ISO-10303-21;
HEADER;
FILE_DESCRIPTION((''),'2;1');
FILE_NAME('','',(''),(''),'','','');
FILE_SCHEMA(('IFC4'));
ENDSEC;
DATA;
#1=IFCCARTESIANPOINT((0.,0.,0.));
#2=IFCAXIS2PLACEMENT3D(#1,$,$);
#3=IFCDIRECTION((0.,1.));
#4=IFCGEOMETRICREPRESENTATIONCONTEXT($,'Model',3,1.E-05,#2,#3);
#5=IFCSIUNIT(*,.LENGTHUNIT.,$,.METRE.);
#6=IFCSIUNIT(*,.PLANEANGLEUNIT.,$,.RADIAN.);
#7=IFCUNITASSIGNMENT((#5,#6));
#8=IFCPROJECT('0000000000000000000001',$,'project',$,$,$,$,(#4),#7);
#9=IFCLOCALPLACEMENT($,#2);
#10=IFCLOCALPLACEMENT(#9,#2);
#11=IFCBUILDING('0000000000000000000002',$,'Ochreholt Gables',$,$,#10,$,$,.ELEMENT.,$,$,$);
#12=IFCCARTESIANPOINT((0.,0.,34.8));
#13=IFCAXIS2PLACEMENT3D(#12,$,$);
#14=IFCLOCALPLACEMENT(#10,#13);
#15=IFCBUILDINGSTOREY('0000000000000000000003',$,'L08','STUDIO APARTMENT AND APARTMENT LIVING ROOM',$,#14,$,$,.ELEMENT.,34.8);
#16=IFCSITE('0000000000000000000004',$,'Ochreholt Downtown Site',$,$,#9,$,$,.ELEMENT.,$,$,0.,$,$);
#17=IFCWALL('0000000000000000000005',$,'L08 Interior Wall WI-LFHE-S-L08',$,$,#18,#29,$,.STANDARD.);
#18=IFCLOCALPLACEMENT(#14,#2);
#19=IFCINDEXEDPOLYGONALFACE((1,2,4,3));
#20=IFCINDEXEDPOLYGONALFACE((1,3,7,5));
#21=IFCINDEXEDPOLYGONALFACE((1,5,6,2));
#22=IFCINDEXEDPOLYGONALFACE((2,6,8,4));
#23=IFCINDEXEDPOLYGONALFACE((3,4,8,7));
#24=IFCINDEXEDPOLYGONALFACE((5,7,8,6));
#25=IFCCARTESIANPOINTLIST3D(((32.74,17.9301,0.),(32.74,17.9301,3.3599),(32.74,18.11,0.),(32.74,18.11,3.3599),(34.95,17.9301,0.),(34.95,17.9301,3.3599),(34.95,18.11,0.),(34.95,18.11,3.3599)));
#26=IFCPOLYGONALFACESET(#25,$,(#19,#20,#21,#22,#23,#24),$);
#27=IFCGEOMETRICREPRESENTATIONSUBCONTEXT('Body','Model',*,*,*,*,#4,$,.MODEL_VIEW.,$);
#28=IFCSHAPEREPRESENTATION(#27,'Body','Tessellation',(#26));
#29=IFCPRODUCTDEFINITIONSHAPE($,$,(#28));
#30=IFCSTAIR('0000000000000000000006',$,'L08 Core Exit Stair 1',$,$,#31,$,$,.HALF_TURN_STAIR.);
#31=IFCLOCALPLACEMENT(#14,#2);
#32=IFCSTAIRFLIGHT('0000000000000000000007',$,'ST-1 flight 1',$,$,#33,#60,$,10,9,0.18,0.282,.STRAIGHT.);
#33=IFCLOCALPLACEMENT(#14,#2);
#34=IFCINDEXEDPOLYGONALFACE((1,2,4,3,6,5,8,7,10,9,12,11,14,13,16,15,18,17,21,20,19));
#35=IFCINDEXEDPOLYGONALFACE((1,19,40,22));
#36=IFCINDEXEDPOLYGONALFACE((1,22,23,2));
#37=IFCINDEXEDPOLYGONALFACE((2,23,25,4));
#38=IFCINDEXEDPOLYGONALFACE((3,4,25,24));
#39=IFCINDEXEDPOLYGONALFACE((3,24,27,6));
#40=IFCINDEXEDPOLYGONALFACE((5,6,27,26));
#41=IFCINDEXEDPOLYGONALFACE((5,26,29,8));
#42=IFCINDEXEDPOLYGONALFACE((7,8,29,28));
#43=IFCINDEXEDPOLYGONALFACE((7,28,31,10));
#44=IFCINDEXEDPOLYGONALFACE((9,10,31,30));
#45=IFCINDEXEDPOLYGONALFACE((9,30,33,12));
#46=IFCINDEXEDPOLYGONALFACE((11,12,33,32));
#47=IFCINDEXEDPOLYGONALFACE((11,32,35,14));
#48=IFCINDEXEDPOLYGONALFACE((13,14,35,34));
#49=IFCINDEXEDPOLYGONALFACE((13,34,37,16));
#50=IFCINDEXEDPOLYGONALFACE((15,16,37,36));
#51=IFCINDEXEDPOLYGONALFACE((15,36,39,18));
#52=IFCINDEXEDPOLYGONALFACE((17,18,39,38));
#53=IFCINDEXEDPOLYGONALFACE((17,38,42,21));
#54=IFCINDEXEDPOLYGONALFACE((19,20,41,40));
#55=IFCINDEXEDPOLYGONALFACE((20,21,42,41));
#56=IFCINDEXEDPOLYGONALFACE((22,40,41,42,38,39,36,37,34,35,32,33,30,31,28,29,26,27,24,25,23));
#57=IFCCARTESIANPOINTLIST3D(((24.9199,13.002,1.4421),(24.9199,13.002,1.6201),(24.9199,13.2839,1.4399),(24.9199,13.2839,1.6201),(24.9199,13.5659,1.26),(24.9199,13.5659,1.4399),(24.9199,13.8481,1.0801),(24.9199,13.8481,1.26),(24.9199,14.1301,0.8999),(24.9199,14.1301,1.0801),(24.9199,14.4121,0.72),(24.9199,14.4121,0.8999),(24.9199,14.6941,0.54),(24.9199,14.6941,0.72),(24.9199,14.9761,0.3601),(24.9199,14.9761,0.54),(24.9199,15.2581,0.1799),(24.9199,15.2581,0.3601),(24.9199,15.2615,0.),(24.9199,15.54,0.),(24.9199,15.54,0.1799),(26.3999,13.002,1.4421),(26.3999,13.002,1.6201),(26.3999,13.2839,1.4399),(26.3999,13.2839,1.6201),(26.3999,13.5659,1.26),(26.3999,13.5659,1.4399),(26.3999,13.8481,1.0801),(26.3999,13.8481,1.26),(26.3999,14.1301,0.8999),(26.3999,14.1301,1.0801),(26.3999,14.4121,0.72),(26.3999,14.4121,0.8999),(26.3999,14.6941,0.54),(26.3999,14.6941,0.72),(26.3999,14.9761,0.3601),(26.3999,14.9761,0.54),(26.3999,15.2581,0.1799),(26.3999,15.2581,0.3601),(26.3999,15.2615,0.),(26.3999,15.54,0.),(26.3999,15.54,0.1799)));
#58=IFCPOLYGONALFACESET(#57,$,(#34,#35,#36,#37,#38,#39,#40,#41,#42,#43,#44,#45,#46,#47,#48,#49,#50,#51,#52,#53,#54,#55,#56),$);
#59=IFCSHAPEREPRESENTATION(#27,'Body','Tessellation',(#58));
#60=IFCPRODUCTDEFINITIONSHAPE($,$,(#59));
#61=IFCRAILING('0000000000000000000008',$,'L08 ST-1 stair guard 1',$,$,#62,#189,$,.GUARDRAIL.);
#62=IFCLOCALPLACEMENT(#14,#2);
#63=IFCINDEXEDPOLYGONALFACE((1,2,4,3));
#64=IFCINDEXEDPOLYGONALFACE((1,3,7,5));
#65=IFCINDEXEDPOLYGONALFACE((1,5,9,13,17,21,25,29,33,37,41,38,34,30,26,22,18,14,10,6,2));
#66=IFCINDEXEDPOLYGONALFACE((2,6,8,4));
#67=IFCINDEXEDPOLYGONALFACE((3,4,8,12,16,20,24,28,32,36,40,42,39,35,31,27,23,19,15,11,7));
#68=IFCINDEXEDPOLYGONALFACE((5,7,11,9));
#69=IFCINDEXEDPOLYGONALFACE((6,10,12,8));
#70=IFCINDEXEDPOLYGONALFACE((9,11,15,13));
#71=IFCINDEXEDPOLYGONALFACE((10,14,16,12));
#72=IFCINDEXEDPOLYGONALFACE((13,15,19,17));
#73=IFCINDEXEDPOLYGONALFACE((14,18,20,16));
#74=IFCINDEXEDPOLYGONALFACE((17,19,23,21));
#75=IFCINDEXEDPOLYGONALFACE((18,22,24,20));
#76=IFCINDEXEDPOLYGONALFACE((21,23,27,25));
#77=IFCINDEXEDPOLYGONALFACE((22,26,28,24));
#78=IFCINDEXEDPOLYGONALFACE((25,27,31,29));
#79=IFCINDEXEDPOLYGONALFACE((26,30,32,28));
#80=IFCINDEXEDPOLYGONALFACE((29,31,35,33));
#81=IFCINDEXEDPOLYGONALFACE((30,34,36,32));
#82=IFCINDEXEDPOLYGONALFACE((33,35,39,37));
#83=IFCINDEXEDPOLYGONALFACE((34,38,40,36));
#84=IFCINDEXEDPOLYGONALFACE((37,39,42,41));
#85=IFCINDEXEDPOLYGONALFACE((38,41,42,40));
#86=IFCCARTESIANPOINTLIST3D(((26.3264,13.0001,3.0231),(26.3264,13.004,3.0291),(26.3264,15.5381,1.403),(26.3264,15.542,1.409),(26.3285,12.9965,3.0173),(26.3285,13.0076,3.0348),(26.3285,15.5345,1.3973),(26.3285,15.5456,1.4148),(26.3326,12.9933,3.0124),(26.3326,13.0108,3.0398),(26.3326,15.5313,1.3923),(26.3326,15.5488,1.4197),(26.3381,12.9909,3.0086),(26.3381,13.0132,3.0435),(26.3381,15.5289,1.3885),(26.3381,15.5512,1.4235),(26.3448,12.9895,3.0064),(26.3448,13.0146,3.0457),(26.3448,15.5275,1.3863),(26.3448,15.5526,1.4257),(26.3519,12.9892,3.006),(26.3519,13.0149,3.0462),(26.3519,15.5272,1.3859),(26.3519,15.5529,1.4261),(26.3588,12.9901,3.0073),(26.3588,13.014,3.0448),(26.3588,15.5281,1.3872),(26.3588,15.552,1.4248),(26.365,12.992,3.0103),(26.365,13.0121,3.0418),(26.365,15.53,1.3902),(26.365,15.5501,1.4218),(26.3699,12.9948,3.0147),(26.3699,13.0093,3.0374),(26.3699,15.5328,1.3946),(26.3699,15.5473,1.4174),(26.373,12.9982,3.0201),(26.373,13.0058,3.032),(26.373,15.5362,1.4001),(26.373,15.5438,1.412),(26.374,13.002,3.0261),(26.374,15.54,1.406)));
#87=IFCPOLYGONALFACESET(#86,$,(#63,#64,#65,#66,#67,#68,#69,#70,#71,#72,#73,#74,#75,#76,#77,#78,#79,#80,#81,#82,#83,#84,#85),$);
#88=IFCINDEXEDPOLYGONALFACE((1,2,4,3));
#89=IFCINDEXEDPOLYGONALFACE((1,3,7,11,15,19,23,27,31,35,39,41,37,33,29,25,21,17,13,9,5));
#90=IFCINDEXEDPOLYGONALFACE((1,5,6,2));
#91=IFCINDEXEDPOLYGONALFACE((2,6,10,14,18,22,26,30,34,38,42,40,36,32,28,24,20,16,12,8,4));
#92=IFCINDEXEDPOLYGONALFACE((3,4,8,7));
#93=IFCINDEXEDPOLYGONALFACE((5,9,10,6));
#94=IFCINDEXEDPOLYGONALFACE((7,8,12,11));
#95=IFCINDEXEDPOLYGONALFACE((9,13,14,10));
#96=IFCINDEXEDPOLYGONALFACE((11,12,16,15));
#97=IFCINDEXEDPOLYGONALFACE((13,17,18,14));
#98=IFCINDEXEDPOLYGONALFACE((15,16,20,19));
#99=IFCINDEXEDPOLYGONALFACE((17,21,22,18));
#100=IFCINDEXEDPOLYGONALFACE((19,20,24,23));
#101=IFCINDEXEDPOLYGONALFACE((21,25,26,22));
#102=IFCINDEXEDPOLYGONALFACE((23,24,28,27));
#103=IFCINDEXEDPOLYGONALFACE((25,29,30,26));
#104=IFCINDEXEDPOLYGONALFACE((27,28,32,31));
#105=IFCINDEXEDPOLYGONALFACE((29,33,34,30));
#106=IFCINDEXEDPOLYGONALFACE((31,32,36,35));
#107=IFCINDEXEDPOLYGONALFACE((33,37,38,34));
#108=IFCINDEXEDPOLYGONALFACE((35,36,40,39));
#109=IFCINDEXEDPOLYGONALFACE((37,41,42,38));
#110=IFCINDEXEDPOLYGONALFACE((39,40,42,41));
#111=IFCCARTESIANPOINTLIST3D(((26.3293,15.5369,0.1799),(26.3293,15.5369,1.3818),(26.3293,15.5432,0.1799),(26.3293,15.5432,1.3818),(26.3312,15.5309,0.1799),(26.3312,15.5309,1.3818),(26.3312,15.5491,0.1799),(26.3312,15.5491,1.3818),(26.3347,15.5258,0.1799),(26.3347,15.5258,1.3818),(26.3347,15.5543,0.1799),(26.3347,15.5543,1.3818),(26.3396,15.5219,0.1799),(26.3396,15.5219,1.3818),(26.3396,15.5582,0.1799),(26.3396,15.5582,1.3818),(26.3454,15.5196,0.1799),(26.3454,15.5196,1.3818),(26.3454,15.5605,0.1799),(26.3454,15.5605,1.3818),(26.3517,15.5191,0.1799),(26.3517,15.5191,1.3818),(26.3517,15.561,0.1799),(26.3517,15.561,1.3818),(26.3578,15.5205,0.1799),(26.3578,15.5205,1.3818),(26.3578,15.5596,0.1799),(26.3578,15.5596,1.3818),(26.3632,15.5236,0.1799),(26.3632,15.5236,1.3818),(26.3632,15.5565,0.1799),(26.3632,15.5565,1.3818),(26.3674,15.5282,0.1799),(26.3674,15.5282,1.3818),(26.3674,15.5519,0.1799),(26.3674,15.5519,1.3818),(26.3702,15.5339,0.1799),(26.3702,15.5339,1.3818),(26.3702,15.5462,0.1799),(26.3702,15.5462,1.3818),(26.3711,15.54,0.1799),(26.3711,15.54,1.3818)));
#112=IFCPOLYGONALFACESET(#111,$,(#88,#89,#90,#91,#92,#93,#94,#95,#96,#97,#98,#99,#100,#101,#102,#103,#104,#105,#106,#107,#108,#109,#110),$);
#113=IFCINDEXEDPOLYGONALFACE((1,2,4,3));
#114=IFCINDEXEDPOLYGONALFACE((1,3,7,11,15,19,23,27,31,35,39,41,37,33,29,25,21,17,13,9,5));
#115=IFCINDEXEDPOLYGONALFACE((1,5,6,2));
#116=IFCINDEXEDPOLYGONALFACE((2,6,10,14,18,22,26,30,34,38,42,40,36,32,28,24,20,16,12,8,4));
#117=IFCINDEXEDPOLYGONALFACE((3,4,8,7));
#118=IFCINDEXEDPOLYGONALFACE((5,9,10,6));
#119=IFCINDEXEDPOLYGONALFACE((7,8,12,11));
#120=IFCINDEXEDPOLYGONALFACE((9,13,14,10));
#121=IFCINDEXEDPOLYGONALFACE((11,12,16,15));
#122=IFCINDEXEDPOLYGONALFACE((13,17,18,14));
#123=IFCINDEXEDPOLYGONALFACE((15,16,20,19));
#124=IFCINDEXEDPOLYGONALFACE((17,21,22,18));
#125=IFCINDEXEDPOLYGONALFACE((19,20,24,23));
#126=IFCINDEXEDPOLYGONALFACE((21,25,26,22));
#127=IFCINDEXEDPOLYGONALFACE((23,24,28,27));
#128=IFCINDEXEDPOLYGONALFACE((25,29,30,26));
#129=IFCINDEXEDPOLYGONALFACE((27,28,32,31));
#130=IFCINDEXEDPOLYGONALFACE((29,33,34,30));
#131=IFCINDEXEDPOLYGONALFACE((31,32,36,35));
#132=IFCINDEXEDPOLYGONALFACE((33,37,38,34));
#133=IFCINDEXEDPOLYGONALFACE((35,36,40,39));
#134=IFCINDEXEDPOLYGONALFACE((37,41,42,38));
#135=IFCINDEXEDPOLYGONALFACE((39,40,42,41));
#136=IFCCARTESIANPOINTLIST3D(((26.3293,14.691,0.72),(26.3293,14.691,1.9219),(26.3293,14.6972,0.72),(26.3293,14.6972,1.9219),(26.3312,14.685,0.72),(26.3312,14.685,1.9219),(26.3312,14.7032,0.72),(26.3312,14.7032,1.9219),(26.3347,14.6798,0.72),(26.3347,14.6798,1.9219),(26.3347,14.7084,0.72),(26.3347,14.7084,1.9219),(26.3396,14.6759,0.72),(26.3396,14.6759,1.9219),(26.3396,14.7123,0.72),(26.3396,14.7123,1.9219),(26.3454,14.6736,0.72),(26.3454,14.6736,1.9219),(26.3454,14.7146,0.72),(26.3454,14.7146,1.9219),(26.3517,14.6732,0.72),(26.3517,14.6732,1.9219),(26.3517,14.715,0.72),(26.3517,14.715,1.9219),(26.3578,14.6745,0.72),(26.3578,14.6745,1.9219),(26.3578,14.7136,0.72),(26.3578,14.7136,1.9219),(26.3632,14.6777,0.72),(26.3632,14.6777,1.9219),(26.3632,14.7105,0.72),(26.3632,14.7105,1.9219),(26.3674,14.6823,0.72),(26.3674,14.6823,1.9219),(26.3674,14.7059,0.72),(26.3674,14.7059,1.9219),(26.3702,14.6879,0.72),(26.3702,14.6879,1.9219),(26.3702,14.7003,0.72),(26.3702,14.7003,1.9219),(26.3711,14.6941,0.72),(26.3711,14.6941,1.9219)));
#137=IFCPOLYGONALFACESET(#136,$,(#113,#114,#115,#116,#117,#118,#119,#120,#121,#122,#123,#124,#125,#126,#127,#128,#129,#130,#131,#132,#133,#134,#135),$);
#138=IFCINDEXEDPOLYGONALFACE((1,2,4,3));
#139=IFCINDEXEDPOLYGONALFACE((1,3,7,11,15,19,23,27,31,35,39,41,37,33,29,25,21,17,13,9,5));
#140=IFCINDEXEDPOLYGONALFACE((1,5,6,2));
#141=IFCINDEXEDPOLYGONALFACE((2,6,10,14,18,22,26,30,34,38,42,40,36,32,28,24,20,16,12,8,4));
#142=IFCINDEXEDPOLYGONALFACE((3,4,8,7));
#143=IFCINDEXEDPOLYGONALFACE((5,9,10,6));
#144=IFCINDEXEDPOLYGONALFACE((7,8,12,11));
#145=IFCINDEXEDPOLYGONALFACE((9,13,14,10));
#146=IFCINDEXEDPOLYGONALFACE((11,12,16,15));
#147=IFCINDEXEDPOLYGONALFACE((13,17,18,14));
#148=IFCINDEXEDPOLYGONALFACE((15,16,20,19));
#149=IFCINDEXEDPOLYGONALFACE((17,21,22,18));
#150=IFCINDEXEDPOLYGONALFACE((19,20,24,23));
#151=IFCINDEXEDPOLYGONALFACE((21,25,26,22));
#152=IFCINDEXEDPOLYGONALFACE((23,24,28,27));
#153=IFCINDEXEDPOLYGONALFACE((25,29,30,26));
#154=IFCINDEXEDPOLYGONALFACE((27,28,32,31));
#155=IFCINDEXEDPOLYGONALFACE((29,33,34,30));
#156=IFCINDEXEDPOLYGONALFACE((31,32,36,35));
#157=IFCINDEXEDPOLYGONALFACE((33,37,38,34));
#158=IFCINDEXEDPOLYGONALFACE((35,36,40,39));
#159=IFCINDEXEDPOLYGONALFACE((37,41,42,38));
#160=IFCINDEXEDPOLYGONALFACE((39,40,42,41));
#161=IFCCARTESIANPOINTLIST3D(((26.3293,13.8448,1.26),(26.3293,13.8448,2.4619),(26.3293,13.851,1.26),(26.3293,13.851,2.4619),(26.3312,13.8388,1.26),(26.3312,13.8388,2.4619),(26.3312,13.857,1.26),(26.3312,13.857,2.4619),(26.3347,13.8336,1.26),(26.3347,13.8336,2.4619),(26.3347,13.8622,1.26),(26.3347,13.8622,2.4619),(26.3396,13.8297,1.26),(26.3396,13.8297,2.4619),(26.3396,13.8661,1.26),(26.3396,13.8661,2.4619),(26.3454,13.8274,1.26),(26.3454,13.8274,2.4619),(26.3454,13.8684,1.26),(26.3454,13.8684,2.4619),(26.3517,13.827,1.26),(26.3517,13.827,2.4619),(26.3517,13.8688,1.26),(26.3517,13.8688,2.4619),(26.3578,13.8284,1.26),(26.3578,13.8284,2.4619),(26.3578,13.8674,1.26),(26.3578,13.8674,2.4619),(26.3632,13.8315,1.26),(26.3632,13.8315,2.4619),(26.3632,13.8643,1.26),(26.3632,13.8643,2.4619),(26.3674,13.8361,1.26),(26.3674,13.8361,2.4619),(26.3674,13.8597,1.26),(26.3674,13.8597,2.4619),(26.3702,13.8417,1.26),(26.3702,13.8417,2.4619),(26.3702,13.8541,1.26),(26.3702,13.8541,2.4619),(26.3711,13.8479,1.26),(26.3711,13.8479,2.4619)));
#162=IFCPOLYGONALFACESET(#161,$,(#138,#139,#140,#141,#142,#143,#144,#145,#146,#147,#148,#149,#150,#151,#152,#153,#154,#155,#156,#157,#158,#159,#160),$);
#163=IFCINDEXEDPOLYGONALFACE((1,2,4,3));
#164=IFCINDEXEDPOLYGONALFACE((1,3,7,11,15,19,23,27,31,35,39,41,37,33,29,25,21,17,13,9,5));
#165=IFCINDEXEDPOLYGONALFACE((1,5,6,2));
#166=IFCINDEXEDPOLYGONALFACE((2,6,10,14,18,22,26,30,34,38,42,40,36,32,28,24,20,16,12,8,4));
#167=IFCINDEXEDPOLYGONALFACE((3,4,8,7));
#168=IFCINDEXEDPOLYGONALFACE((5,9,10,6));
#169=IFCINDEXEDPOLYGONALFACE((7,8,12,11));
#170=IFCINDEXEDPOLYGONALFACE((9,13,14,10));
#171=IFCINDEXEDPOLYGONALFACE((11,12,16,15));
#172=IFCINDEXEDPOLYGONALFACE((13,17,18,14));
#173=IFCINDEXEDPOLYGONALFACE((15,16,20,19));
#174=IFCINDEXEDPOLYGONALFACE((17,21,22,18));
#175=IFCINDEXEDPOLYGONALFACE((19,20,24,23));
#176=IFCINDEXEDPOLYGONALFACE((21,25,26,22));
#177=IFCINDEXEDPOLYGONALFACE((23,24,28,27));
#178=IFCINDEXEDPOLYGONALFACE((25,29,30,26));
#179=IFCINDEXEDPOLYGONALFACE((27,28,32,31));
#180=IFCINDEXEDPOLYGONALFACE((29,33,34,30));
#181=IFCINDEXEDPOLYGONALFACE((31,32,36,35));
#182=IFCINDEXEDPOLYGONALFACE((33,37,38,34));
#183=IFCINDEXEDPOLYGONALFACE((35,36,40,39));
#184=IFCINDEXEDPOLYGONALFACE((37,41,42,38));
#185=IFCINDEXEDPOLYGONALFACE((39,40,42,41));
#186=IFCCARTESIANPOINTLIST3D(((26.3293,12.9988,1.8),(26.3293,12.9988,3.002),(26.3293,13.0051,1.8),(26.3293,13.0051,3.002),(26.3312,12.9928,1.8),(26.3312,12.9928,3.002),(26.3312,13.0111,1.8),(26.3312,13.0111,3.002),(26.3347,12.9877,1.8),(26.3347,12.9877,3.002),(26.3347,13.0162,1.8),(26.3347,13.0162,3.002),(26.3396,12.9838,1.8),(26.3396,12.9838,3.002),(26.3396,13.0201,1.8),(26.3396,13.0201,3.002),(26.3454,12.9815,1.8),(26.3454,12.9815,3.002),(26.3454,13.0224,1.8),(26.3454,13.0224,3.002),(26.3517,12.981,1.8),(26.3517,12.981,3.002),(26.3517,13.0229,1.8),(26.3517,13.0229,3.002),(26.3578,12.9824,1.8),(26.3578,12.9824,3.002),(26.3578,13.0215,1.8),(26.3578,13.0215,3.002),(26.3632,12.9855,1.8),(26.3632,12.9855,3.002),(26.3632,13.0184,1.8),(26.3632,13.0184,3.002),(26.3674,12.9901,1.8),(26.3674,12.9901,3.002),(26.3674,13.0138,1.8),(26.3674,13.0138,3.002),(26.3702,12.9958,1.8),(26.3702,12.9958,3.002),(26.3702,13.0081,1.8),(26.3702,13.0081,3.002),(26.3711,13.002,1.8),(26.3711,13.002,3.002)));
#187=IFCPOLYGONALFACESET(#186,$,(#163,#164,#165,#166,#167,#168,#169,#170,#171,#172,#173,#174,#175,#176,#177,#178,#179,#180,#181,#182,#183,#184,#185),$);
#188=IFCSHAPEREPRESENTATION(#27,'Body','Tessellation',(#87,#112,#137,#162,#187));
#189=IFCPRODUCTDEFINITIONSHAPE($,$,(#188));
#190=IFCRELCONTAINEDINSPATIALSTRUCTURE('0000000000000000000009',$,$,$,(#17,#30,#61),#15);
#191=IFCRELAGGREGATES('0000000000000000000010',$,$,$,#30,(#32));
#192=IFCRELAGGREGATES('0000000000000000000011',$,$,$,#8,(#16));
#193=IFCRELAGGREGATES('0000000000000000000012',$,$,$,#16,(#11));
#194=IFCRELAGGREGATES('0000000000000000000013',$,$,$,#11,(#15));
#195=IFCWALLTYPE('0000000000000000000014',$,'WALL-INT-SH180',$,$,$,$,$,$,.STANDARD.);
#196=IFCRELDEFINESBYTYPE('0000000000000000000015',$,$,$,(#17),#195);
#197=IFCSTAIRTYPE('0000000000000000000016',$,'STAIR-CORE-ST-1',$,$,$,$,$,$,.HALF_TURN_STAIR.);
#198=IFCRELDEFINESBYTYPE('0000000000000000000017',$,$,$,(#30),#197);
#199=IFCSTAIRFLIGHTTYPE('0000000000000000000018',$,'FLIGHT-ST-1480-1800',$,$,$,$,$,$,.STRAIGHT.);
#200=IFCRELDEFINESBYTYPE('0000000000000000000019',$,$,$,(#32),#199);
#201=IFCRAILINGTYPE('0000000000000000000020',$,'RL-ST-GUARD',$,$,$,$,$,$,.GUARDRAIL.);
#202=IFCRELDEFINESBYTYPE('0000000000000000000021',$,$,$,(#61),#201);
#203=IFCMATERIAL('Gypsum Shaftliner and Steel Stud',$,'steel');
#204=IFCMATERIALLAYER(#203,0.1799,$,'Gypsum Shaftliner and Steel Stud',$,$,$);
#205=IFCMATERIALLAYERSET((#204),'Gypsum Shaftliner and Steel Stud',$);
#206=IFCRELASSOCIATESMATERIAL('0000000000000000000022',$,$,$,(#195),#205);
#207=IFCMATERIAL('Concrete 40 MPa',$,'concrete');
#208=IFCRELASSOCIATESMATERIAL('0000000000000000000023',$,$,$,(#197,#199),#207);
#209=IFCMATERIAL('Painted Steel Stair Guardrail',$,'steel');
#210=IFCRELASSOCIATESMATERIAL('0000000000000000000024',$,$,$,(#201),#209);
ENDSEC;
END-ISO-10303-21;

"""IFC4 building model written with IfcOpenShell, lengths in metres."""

from ifc_helpers import new_model, si_unit, direction, frame, frame_2d, origin, origin_2d, place, context, subcontext, project, spatial, polyline, rectangle, circle, outline, extrude, material, layer, layer_set, type_object, element, aggregate, save


model = new_model("IFC4")

# Units and contexts
model_context = context("Model", 3, precision=1e-05, world=origin(), true_north=direction((0.0, 1.0)))
body_context = subcontext(model_context, "Body", "Model", "MODEL_VIEW")
ifc_project = project(units=[si_unit("LENGTHUNIT", "METRE"), si_unit("PLANEANGLEUNIT", "RADIAN")], contexts=[model_context])

# Site, building, storey
site_placement = place(None, origin())
site = spatial("IfcSite", under=ifc_project, at=site_placement, Name="Ochreholt Downtown Site", CompositionType="ELEMENT", RefElevation=0.0)
building_placement = place(site_placement, origin())
building = spatial("IfcBuilding", under=site, at=building_placement, Name="Ochreholt Gables", CompositionType="ELEMENT")
storey_placement = place(building_placement, frame((0.0, 0.0, 34.8)))
storey = spatial("IfcBuildingStorey", under=building, at=storey_placement, Name="L08", Description="STUDIO APARTMENT AND APARTMENT LIVING ROOM", CompositionType="ELEMENT", Elevation=34.8)

# Shared definitions
ifc_material_1 = material(Name="Concrete 40 MPa", Category="concrete")

# Wall
ifc_material_2 = material(Name="Gypsum Shaftliner and Steel Stud", Category="steel")
ifc_layer_1 = layer(ifc_material_2, 0.1799, Name="Gypsum Shaftliner and Steel Stud")
ifc_layer_set_1 = layer_set([ifc_layer_1], Name="Gypsum Shaftliner and Steel Stud")
wall_type_1 = type_object("IfcWallType", Name="WALL-INT-SH180", PredefinedType="STANDARD", material=ifc_layer_set_1)
wall_1_placement = place(storey_placement, frame((32.74, 18.02, 0.0), z_axis=(0.0, 0.0, 1.0), x_axis=(1.0, 0.0, 0.0)))
element("IfcWall", 1, at=wall_1_placement, inside=storey, type_object=wall_type_1, Name="L08 Interior Wall WI-LFHE-S-L08", PredefinedType="STANDARD", context=body_context, shape_type="SweptSolid", body=[
    extrude(rectangle(XDim=2.21, YDim=0.1799, at=frame_2d((1.105, 0.0))), origin(), (0.0, 0.0, 1.0), 3.3599),
])

# Stair, stair flight
stair_type = type_object("IfcStairType", Name="STAIR-CORE-ST-1", PredefinedType="HALF_TURN_STAIR", material=ifc_material_1)
stair_placement = place(storey_placement, origin())
stair = element("IfcStair", 2, at=stair_placement, inside=storey, type_object=stair_type, Name="L08 Core Exit Stair 1", PredefinedType="HALF_TURN_STAIR")
stair_flight_type = type_object("IfcStairFlightType", Name="FLIGHT-ST-1480-1800", PredefinedType="STRAIGHT", material=ifc_material_1)
stair_flight_placement = place(storey_placement, frame((25.6599, 15.54, 0.0), z_axis=(0.0, 0.0, 1.0), x_axis=(0.0, -1.0, 0.0)))
stair_flight = element("IfcStairFlight", 3, at=stair_flight_placement, type_object=stair_flight_type, Name="ST-1 flight 1", NumberOfRisers=10, NumberOfTreads=9, PredefinedType="STRAIGHT", RiserHeight=0.18, TreadLength=0.282, context=body_context, shape_type="SweptSolid", body=[
    extrude(outline(polyline([(0.0, 0.0), (0.0, 0.1799), (0.282, 0.1799), (0.282, 0.3601), (0.564, 0.3601), (0.564, 0.54), (0.8459, 0.54), (0.8459, 0.72), (1.1279, 0.72), (1.1279, 0.8999), (1.4099, 0.8999), (1.4099, 1.0801), (1.6919, 1.0801), (1.6919, 1.26), (1.9741, 1.26), (1.9741, 1.4399), (2.2561, 1.4399), (2.2561, 1.6201), (2.5381, 1.6201), (2.5381, 1.8), (2.5381, 1.4421), (0.2786, 0.0), (0.0, 0.0)])), frame((0.0, 0.74, 0.0), z_axis=(0.0, -1.0, 0.0), x_axis=(1.0, 0.0, 0.0)), (0.0, 0.0, 1.0), 1.48),
])
aggregate(stair, [stair_flight])

# Railing
ifc_material_3 = material(Name="Painted Steel Stair Guardrail", Category="steel")
railing_type = type_object("IfcRailingType", Name="RL-ST-GUARD", PredefinedType="GUARDRAIL", material=ifc_material_3)
railing_1_placement = place(storey_placement, frame((26.3501, 15.54, 0.1799)))
element("IfcRailing", 4, at=railing_1_placement, inside=storey, type_object=railing_type, Name="L08 ST-1 stair guard 1", PredefinedType="GUARDRAIL", context=body_context, shape_type="SweptSolid", body=[
    extrude(circle(Radius=0.0239, at=origin_2d()), frame((0.0, 0.0, 1.2261), z_axis=(0.0, -0.842913, 0.53805), x_axis=(1.0, 0.0, 0.0)), (0.0, 0.0, 1.0), 3.011),
    extrude(circle(Radius=0.021, at=origin_2d()), origin(), (0.0, 0.0, 1.0), 1.2019),
    extrude(circle(Radius=0.021, at=origin_2d()), frame((0.0, -0.8459, 0.54)), (0.0, 0.0, 1.0), 1.2019),
    extrude(circle(Radius=0.021, at=origin_2d()), frame((0.0, -1.6921, 1.0801)), (0.0, 0.0, 1.0), 1.2019),
    extrude(circle(Radius=0.021, at=origin_2d()), frame((0.0, -2.5381, 1.6201)), (0.0, 0.0, 1.0), 1.2019),
])

save(model, "model.ifc")
